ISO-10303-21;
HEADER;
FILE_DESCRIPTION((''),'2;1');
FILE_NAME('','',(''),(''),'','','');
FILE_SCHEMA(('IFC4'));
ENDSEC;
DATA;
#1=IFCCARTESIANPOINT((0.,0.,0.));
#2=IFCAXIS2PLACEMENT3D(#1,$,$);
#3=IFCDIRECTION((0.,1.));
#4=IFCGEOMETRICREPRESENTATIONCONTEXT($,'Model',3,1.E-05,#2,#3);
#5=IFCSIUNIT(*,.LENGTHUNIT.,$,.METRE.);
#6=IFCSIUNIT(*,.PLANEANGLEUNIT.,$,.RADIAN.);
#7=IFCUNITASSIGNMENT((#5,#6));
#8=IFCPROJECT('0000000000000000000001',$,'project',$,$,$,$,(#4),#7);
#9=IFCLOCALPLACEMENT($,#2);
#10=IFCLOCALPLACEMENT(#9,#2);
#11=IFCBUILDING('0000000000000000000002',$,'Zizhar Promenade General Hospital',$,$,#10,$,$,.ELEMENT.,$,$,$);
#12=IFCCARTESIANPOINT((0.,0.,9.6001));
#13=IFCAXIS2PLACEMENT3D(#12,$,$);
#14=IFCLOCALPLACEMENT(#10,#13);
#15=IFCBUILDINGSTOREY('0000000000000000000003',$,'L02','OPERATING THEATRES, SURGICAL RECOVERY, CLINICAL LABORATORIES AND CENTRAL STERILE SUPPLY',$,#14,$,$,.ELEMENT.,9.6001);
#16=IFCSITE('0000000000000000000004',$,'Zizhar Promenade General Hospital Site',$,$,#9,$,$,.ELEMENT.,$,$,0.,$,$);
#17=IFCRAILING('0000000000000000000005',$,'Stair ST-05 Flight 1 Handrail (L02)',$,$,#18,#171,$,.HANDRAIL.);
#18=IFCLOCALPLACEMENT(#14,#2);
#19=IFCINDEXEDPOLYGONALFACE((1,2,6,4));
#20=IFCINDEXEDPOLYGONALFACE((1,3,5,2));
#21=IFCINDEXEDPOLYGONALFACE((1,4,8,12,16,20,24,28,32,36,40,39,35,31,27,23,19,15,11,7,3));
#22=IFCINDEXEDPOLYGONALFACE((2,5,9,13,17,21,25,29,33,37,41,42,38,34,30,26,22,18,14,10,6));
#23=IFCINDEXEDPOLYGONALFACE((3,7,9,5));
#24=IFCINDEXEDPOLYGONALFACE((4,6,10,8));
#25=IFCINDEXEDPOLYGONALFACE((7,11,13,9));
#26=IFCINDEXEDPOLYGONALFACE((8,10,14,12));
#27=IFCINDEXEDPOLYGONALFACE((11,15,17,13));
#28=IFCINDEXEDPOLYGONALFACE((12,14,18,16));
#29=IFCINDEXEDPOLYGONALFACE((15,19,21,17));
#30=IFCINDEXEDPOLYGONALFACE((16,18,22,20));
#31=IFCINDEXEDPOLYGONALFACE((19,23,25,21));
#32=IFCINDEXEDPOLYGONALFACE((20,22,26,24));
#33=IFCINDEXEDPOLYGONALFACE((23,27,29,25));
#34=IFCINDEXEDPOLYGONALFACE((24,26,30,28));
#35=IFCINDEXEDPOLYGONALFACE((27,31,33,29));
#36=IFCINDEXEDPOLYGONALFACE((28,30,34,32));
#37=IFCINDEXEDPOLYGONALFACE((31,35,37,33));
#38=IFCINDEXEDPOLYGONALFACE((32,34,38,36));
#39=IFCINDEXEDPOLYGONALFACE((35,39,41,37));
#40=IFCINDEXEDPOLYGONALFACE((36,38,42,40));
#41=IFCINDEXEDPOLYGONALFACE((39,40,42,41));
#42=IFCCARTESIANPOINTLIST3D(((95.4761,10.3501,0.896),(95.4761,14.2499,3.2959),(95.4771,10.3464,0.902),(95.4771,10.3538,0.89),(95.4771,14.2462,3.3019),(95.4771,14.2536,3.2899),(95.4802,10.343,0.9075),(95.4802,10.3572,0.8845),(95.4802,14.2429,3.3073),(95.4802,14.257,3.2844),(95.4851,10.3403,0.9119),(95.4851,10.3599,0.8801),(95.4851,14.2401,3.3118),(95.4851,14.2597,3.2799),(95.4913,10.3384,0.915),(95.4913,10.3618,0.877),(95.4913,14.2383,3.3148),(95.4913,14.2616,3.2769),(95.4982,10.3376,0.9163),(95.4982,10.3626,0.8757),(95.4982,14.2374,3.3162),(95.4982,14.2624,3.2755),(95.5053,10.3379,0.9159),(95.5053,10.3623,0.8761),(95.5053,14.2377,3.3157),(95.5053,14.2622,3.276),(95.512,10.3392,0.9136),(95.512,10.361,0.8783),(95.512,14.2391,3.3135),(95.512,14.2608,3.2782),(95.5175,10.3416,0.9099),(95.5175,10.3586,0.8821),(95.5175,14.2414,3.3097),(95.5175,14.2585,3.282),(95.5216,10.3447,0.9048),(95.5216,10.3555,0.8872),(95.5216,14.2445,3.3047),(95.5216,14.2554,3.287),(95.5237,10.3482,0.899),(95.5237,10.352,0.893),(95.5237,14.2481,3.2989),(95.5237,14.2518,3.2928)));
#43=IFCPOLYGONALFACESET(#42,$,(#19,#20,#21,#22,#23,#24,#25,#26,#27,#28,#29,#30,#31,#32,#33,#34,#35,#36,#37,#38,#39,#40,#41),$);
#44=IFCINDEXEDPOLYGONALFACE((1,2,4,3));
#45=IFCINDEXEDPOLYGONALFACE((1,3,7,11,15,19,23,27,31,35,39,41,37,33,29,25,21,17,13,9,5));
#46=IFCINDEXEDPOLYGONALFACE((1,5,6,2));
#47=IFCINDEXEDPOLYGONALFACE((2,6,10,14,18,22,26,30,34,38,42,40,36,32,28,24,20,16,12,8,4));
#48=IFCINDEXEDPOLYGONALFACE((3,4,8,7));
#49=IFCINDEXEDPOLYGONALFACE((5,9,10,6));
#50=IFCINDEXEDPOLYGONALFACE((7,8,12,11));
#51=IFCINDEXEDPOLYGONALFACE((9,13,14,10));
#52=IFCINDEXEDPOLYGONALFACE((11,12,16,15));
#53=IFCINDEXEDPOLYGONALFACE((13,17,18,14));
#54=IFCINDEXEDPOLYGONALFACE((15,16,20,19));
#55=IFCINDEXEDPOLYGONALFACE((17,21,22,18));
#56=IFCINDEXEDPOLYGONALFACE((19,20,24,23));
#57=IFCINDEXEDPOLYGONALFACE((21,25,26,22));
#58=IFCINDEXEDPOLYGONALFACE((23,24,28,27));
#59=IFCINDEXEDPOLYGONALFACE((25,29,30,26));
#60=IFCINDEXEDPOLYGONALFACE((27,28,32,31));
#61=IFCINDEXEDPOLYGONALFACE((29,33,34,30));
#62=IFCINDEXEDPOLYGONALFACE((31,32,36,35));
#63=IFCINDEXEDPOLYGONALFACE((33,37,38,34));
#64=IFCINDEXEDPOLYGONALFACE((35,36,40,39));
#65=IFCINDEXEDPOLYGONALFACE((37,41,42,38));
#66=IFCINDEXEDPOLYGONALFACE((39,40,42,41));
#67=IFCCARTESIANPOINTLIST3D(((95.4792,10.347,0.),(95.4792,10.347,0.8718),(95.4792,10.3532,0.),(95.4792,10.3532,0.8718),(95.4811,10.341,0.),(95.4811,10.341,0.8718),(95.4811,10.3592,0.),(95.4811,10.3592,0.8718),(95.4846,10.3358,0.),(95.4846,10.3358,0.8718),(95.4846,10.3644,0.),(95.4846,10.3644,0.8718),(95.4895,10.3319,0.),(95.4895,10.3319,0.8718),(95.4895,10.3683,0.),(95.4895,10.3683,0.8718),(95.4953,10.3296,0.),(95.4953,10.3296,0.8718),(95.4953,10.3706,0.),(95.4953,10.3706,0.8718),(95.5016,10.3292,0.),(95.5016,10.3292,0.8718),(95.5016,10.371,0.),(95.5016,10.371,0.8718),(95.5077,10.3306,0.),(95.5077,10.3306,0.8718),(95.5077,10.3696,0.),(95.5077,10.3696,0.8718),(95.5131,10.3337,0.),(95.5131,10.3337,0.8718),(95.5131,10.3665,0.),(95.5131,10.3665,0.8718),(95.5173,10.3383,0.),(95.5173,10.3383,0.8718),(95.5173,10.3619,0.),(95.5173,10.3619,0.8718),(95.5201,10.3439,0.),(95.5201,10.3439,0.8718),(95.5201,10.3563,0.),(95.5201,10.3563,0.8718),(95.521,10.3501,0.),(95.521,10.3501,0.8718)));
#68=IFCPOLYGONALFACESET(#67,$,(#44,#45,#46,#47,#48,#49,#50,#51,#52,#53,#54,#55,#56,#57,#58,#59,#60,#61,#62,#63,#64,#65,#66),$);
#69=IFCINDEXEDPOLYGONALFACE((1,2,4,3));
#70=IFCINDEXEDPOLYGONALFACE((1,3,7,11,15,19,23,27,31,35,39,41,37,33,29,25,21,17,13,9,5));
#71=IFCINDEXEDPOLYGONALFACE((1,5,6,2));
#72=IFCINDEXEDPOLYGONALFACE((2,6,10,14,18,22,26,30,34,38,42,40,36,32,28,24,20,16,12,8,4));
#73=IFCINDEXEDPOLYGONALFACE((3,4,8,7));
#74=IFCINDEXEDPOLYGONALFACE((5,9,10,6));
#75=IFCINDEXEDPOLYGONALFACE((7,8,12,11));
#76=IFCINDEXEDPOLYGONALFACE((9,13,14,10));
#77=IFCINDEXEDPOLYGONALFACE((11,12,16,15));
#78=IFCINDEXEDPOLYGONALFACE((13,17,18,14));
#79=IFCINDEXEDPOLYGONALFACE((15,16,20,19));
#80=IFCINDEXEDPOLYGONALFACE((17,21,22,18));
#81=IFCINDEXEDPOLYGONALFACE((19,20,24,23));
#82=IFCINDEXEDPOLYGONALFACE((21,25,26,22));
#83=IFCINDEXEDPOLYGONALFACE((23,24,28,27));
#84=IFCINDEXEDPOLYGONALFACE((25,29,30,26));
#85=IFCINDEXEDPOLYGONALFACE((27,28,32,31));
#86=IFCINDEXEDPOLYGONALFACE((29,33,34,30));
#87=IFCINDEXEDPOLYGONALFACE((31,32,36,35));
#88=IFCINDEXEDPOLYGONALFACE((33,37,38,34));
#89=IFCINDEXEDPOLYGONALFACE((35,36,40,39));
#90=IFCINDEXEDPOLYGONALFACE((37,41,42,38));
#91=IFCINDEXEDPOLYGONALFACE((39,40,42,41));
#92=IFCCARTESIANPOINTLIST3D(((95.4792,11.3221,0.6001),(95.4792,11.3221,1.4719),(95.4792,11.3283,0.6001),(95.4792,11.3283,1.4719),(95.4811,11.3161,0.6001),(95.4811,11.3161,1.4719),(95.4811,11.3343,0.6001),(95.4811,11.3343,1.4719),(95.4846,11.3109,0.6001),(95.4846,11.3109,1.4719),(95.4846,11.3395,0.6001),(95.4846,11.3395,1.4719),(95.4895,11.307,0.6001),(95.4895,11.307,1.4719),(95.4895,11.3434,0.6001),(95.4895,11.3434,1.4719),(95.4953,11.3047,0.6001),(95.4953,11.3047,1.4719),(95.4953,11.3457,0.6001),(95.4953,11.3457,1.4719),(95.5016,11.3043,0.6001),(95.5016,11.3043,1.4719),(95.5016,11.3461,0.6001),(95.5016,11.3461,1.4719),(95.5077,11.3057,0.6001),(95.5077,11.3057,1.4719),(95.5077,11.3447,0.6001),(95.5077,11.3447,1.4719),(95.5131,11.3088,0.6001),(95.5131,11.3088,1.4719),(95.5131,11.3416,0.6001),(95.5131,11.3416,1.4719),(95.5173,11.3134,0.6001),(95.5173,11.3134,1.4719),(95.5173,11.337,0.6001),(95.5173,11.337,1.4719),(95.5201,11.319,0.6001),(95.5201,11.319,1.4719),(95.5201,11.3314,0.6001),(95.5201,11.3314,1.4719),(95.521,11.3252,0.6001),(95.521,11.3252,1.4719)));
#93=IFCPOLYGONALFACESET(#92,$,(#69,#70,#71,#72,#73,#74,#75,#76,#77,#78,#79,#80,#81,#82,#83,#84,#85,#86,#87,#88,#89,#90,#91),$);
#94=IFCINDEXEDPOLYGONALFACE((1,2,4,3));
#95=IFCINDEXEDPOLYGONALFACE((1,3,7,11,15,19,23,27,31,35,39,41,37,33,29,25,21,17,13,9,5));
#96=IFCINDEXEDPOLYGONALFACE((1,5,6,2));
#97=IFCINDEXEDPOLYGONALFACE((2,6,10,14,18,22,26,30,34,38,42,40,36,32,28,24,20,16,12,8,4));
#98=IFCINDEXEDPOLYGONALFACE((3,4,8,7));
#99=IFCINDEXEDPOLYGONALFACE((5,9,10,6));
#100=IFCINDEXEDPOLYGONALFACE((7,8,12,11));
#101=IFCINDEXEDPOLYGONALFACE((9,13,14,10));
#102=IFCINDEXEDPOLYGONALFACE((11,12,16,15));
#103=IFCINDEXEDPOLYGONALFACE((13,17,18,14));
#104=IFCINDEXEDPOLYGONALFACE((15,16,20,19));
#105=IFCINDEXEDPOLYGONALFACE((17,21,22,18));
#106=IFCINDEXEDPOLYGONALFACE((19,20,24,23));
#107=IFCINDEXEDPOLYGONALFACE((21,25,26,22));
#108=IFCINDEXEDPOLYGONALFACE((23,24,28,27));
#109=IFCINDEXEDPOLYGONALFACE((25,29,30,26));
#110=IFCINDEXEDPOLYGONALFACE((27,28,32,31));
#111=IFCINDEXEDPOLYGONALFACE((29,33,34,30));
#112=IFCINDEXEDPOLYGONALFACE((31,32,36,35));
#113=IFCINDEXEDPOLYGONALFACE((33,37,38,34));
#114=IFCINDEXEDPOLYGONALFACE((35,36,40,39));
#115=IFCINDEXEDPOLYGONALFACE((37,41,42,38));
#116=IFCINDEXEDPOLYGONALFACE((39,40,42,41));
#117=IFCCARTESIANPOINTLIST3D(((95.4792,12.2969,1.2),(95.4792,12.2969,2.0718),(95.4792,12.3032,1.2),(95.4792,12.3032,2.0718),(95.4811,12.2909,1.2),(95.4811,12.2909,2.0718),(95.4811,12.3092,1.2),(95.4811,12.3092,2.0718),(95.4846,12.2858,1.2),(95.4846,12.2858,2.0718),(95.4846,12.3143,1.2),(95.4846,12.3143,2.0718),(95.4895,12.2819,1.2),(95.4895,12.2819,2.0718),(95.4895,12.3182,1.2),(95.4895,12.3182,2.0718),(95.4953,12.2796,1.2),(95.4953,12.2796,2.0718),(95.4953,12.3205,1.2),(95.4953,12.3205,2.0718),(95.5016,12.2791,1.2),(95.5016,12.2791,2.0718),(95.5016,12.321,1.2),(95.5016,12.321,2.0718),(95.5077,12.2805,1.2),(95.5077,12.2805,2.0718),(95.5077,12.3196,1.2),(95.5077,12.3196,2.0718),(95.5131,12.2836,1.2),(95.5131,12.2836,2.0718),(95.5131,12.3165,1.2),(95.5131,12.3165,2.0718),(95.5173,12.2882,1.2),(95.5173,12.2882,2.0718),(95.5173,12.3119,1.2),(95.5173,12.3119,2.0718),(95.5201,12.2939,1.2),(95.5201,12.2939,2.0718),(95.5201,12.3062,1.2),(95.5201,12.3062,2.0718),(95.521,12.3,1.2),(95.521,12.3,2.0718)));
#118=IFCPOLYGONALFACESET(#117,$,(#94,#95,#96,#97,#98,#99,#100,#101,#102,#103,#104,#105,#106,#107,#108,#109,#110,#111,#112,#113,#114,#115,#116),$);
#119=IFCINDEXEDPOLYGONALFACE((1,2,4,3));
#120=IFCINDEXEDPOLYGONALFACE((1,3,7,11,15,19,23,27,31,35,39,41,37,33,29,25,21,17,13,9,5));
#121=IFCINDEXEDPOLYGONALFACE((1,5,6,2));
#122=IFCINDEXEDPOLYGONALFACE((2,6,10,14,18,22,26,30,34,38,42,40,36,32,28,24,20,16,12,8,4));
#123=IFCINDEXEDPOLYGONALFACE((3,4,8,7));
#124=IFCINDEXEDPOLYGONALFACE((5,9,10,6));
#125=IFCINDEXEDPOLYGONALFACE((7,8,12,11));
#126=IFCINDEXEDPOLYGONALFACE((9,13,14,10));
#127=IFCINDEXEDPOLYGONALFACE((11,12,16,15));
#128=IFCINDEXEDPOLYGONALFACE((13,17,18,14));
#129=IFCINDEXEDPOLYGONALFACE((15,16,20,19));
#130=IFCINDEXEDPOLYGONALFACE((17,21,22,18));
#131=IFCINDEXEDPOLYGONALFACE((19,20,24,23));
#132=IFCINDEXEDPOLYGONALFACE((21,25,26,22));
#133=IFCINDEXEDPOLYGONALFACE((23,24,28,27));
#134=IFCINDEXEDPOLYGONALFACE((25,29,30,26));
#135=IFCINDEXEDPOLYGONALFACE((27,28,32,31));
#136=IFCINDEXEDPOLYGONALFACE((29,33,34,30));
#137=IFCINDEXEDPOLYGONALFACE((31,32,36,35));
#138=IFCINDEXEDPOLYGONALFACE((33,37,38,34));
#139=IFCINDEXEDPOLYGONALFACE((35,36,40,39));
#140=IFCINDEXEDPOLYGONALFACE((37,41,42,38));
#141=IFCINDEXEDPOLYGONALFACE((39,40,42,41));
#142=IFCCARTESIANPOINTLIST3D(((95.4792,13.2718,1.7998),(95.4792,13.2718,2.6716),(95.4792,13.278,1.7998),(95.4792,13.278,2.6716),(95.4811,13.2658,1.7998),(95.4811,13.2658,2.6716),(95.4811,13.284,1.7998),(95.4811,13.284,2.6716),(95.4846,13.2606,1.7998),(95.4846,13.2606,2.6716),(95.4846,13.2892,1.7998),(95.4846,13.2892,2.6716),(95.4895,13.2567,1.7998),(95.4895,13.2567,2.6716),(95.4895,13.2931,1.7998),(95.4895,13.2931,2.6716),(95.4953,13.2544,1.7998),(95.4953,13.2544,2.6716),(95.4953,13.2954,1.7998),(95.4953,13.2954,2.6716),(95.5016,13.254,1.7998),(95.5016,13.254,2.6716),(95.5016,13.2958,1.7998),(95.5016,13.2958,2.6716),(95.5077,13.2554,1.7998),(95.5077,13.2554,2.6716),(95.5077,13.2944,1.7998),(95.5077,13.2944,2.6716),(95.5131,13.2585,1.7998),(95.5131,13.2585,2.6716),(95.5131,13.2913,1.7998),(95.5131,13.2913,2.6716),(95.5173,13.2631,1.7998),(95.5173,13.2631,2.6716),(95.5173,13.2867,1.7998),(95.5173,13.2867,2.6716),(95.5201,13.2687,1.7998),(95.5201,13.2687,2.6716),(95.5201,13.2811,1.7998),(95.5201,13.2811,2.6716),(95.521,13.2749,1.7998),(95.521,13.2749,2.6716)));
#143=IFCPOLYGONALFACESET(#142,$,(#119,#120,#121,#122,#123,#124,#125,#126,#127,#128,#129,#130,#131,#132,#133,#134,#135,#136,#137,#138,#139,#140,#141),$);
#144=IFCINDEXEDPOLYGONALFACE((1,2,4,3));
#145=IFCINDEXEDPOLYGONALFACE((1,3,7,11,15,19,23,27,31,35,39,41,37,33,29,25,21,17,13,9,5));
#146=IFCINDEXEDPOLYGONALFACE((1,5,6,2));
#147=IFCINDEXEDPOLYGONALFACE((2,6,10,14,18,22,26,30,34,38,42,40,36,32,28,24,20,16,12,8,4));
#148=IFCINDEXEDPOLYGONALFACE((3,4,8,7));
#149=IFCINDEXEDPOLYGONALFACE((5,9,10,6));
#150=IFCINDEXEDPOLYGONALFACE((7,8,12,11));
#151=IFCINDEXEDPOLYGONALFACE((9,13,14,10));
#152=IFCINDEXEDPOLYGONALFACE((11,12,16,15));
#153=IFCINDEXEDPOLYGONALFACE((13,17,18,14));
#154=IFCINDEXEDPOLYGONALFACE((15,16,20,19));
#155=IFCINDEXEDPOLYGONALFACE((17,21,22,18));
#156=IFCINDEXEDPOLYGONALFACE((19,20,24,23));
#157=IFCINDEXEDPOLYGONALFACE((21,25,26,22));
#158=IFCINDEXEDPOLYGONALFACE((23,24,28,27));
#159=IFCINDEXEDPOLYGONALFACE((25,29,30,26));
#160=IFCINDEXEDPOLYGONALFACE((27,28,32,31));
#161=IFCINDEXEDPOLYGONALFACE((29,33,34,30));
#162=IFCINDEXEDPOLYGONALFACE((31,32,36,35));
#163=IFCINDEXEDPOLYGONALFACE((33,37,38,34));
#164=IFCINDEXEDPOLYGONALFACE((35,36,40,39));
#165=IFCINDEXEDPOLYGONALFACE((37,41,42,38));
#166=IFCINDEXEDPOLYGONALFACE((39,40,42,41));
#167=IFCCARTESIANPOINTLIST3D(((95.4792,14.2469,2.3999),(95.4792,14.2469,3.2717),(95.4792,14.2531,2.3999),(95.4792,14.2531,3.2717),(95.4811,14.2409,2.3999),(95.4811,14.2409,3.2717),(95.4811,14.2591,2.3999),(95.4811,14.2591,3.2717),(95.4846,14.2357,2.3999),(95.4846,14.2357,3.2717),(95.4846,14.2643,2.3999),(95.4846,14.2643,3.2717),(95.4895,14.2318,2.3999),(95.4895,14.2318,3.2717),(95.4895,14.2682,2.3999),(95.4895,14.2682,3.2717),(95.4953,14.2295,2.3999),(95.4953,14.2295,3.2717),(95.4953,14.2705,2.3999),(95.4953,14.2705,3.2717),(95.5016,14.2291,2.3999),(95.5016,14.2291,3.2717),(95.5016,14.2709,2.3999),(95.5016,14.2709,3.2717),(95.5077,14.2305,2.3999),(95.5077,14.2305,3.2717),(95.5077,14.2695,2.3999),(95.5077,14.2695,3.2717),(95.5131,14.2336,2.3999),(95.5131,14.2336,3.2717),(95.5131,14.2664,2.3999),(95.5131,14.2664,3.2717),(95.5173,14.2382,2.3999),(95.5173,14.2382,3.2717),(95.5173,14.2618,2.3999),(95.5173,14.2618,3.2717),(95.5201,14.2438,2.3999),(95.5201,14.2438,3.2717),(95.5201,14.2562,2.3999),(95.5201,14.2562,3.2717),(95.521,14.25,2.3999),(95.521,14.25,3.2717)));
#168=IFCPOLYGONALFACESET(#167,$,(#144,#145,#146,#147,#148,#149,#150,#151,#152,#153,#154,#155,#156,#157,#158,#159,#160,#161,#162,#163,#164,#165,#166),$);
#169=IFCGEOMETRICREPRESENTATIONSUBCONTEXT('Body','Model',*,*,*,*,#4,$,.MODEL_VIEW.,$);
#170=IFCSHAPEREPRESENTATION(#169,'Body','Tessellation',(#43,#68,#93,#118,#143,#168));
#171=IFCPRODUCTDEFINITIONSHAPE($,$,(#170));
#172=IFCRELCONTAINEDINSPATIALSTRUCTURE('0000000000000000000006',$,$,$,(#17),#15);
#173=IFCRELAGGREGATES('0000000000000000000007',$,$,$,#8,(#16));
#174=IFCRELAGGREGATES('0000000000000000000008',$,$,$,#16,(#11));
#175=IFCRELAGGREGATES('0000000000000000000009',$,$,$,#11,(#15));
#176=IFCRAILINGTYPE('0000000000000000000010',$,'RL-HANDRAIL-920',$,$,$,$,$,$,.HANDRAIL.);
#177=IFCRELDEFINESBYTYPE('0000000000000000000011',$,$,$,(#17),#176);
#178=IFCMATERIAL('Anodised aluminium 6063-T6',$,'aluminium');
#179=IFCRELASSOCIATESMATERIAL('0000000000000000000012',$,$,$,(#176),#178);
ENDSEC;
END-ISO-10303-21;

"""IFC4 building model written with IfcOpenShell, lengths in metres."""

from ifc_helpers import new_model, si_unit, direction, frame, origin, origin_2d, place, context, subcontext, project, spatial, circle, hollow_circle, extrude, material, material_profile, profile_set, type_object, element, save


model = new_model("IFC4")

# Units and contexts
model_context = context("Model", 3, precision=1e-05, world=origin(), true_north=direction((0.0, 1.0)))
body_context = subcontext(model_context, "Body", "Model", "MODEL_VIEW")
ifc_project = project(units=[si_unit("LENGTHUNIT", "METRE"), si_unit("PLANEANGLEUNIT", "RADIAN")], contexts=[model_context])

# Site, building, storey
site_placement = place(None, origin())
site = spatial("IfcSite", under=ifc_project, at=site_placement, Name="Zizhar Promenade General Hospital Site", CompositionType="ELEMENT", RefElevation=0.0)
building_placement = place(site_placement, origin())
building = spatial("IfcBuilding", under=site, at=building_placement, Name="Zizhar Promenade General Hospital", CompositionType="ELEMENT")
storey_placement = place(building_placement, frame((0.0, 0.0, 9.6001)))
storey = spatial("IfcBuildingStorey", under=building, at=storey_placement, Name="L02", Description="OPERATING THEATRES, SURGICAL RECOVERY, CLINICAL LABORATORIES AND CENTRAL STERILE SUPPLY", CompositionType="ELEMENT", Elevation=9.6001)

# Railing
ifc_material_1 = material(Name="Anodised aluminium 6063-T6", Category="aluminium")
ifc_material_profile_1 = material_profile(ifc_material_1, hollow_circle(Radius=0.0698, WallThickness=0.0063, at=origin_2d()))
ifc_profile_set_1 = profile_set([ifc_material_profile_1], Name="Anodised aluminium 6063-T6")
railing_type_1 = type_object("IfcRailingType", Name="RL-HANDRAIL-920", PredefinedType="HANDRAIL", material=ifc_profile_set_1)
railing_1_placement = place(storey_placement, frame((95.5, 10.3501, 0.0)))
element("IfcRailing", 1, at=railing_1_placement, inside=storey, type_object=railing_type_1, Name="Stair ST-05 Flight 1 Handrail (L02)", PredefinedType="HANDRAIL", context=body_context, shape_type="SweptSolid", body=[
    extrude(circle(Radius=0.0239, at=origin_2d()), frame((0.0, 0.0, 0.896), z_axis=(0.0, 0.851662, 0.524091), x_axis=(-1.0, 0.0, 0.0)), (0.0, 0.0, 1.0), 4.5791),
    extrude(circle(Radius=0.021, at=origin_2d()), origin(), (0.0, 0.0, 1.0), 0.8718),
    extrude(circle(Radius=0.021, at=origin_2d()), frame((0.0, 0.9751, 0.6001)), (0.0, 0.0, 1.0), 0.8718),
    extrude(circle(Radius=0.021, at=origin_2d()), frame((0.0, 1.95, 1.2)), (0.0, 0.0, 1.0), 0.8718),
    extrude(circle(Radius=0.021, at=origin_2d()), frame((0.0, 2.9248, 1.7998)), (0.0, 0.0, 1.0), 0.8718),
    extrude(circle(Radius=0.021, at=origin_2d()), frame((0.0, 3.8999, 2.3999)), (0.0, 0.0, 1.0), 0.8718),
])

save(model, "model.ifc")
